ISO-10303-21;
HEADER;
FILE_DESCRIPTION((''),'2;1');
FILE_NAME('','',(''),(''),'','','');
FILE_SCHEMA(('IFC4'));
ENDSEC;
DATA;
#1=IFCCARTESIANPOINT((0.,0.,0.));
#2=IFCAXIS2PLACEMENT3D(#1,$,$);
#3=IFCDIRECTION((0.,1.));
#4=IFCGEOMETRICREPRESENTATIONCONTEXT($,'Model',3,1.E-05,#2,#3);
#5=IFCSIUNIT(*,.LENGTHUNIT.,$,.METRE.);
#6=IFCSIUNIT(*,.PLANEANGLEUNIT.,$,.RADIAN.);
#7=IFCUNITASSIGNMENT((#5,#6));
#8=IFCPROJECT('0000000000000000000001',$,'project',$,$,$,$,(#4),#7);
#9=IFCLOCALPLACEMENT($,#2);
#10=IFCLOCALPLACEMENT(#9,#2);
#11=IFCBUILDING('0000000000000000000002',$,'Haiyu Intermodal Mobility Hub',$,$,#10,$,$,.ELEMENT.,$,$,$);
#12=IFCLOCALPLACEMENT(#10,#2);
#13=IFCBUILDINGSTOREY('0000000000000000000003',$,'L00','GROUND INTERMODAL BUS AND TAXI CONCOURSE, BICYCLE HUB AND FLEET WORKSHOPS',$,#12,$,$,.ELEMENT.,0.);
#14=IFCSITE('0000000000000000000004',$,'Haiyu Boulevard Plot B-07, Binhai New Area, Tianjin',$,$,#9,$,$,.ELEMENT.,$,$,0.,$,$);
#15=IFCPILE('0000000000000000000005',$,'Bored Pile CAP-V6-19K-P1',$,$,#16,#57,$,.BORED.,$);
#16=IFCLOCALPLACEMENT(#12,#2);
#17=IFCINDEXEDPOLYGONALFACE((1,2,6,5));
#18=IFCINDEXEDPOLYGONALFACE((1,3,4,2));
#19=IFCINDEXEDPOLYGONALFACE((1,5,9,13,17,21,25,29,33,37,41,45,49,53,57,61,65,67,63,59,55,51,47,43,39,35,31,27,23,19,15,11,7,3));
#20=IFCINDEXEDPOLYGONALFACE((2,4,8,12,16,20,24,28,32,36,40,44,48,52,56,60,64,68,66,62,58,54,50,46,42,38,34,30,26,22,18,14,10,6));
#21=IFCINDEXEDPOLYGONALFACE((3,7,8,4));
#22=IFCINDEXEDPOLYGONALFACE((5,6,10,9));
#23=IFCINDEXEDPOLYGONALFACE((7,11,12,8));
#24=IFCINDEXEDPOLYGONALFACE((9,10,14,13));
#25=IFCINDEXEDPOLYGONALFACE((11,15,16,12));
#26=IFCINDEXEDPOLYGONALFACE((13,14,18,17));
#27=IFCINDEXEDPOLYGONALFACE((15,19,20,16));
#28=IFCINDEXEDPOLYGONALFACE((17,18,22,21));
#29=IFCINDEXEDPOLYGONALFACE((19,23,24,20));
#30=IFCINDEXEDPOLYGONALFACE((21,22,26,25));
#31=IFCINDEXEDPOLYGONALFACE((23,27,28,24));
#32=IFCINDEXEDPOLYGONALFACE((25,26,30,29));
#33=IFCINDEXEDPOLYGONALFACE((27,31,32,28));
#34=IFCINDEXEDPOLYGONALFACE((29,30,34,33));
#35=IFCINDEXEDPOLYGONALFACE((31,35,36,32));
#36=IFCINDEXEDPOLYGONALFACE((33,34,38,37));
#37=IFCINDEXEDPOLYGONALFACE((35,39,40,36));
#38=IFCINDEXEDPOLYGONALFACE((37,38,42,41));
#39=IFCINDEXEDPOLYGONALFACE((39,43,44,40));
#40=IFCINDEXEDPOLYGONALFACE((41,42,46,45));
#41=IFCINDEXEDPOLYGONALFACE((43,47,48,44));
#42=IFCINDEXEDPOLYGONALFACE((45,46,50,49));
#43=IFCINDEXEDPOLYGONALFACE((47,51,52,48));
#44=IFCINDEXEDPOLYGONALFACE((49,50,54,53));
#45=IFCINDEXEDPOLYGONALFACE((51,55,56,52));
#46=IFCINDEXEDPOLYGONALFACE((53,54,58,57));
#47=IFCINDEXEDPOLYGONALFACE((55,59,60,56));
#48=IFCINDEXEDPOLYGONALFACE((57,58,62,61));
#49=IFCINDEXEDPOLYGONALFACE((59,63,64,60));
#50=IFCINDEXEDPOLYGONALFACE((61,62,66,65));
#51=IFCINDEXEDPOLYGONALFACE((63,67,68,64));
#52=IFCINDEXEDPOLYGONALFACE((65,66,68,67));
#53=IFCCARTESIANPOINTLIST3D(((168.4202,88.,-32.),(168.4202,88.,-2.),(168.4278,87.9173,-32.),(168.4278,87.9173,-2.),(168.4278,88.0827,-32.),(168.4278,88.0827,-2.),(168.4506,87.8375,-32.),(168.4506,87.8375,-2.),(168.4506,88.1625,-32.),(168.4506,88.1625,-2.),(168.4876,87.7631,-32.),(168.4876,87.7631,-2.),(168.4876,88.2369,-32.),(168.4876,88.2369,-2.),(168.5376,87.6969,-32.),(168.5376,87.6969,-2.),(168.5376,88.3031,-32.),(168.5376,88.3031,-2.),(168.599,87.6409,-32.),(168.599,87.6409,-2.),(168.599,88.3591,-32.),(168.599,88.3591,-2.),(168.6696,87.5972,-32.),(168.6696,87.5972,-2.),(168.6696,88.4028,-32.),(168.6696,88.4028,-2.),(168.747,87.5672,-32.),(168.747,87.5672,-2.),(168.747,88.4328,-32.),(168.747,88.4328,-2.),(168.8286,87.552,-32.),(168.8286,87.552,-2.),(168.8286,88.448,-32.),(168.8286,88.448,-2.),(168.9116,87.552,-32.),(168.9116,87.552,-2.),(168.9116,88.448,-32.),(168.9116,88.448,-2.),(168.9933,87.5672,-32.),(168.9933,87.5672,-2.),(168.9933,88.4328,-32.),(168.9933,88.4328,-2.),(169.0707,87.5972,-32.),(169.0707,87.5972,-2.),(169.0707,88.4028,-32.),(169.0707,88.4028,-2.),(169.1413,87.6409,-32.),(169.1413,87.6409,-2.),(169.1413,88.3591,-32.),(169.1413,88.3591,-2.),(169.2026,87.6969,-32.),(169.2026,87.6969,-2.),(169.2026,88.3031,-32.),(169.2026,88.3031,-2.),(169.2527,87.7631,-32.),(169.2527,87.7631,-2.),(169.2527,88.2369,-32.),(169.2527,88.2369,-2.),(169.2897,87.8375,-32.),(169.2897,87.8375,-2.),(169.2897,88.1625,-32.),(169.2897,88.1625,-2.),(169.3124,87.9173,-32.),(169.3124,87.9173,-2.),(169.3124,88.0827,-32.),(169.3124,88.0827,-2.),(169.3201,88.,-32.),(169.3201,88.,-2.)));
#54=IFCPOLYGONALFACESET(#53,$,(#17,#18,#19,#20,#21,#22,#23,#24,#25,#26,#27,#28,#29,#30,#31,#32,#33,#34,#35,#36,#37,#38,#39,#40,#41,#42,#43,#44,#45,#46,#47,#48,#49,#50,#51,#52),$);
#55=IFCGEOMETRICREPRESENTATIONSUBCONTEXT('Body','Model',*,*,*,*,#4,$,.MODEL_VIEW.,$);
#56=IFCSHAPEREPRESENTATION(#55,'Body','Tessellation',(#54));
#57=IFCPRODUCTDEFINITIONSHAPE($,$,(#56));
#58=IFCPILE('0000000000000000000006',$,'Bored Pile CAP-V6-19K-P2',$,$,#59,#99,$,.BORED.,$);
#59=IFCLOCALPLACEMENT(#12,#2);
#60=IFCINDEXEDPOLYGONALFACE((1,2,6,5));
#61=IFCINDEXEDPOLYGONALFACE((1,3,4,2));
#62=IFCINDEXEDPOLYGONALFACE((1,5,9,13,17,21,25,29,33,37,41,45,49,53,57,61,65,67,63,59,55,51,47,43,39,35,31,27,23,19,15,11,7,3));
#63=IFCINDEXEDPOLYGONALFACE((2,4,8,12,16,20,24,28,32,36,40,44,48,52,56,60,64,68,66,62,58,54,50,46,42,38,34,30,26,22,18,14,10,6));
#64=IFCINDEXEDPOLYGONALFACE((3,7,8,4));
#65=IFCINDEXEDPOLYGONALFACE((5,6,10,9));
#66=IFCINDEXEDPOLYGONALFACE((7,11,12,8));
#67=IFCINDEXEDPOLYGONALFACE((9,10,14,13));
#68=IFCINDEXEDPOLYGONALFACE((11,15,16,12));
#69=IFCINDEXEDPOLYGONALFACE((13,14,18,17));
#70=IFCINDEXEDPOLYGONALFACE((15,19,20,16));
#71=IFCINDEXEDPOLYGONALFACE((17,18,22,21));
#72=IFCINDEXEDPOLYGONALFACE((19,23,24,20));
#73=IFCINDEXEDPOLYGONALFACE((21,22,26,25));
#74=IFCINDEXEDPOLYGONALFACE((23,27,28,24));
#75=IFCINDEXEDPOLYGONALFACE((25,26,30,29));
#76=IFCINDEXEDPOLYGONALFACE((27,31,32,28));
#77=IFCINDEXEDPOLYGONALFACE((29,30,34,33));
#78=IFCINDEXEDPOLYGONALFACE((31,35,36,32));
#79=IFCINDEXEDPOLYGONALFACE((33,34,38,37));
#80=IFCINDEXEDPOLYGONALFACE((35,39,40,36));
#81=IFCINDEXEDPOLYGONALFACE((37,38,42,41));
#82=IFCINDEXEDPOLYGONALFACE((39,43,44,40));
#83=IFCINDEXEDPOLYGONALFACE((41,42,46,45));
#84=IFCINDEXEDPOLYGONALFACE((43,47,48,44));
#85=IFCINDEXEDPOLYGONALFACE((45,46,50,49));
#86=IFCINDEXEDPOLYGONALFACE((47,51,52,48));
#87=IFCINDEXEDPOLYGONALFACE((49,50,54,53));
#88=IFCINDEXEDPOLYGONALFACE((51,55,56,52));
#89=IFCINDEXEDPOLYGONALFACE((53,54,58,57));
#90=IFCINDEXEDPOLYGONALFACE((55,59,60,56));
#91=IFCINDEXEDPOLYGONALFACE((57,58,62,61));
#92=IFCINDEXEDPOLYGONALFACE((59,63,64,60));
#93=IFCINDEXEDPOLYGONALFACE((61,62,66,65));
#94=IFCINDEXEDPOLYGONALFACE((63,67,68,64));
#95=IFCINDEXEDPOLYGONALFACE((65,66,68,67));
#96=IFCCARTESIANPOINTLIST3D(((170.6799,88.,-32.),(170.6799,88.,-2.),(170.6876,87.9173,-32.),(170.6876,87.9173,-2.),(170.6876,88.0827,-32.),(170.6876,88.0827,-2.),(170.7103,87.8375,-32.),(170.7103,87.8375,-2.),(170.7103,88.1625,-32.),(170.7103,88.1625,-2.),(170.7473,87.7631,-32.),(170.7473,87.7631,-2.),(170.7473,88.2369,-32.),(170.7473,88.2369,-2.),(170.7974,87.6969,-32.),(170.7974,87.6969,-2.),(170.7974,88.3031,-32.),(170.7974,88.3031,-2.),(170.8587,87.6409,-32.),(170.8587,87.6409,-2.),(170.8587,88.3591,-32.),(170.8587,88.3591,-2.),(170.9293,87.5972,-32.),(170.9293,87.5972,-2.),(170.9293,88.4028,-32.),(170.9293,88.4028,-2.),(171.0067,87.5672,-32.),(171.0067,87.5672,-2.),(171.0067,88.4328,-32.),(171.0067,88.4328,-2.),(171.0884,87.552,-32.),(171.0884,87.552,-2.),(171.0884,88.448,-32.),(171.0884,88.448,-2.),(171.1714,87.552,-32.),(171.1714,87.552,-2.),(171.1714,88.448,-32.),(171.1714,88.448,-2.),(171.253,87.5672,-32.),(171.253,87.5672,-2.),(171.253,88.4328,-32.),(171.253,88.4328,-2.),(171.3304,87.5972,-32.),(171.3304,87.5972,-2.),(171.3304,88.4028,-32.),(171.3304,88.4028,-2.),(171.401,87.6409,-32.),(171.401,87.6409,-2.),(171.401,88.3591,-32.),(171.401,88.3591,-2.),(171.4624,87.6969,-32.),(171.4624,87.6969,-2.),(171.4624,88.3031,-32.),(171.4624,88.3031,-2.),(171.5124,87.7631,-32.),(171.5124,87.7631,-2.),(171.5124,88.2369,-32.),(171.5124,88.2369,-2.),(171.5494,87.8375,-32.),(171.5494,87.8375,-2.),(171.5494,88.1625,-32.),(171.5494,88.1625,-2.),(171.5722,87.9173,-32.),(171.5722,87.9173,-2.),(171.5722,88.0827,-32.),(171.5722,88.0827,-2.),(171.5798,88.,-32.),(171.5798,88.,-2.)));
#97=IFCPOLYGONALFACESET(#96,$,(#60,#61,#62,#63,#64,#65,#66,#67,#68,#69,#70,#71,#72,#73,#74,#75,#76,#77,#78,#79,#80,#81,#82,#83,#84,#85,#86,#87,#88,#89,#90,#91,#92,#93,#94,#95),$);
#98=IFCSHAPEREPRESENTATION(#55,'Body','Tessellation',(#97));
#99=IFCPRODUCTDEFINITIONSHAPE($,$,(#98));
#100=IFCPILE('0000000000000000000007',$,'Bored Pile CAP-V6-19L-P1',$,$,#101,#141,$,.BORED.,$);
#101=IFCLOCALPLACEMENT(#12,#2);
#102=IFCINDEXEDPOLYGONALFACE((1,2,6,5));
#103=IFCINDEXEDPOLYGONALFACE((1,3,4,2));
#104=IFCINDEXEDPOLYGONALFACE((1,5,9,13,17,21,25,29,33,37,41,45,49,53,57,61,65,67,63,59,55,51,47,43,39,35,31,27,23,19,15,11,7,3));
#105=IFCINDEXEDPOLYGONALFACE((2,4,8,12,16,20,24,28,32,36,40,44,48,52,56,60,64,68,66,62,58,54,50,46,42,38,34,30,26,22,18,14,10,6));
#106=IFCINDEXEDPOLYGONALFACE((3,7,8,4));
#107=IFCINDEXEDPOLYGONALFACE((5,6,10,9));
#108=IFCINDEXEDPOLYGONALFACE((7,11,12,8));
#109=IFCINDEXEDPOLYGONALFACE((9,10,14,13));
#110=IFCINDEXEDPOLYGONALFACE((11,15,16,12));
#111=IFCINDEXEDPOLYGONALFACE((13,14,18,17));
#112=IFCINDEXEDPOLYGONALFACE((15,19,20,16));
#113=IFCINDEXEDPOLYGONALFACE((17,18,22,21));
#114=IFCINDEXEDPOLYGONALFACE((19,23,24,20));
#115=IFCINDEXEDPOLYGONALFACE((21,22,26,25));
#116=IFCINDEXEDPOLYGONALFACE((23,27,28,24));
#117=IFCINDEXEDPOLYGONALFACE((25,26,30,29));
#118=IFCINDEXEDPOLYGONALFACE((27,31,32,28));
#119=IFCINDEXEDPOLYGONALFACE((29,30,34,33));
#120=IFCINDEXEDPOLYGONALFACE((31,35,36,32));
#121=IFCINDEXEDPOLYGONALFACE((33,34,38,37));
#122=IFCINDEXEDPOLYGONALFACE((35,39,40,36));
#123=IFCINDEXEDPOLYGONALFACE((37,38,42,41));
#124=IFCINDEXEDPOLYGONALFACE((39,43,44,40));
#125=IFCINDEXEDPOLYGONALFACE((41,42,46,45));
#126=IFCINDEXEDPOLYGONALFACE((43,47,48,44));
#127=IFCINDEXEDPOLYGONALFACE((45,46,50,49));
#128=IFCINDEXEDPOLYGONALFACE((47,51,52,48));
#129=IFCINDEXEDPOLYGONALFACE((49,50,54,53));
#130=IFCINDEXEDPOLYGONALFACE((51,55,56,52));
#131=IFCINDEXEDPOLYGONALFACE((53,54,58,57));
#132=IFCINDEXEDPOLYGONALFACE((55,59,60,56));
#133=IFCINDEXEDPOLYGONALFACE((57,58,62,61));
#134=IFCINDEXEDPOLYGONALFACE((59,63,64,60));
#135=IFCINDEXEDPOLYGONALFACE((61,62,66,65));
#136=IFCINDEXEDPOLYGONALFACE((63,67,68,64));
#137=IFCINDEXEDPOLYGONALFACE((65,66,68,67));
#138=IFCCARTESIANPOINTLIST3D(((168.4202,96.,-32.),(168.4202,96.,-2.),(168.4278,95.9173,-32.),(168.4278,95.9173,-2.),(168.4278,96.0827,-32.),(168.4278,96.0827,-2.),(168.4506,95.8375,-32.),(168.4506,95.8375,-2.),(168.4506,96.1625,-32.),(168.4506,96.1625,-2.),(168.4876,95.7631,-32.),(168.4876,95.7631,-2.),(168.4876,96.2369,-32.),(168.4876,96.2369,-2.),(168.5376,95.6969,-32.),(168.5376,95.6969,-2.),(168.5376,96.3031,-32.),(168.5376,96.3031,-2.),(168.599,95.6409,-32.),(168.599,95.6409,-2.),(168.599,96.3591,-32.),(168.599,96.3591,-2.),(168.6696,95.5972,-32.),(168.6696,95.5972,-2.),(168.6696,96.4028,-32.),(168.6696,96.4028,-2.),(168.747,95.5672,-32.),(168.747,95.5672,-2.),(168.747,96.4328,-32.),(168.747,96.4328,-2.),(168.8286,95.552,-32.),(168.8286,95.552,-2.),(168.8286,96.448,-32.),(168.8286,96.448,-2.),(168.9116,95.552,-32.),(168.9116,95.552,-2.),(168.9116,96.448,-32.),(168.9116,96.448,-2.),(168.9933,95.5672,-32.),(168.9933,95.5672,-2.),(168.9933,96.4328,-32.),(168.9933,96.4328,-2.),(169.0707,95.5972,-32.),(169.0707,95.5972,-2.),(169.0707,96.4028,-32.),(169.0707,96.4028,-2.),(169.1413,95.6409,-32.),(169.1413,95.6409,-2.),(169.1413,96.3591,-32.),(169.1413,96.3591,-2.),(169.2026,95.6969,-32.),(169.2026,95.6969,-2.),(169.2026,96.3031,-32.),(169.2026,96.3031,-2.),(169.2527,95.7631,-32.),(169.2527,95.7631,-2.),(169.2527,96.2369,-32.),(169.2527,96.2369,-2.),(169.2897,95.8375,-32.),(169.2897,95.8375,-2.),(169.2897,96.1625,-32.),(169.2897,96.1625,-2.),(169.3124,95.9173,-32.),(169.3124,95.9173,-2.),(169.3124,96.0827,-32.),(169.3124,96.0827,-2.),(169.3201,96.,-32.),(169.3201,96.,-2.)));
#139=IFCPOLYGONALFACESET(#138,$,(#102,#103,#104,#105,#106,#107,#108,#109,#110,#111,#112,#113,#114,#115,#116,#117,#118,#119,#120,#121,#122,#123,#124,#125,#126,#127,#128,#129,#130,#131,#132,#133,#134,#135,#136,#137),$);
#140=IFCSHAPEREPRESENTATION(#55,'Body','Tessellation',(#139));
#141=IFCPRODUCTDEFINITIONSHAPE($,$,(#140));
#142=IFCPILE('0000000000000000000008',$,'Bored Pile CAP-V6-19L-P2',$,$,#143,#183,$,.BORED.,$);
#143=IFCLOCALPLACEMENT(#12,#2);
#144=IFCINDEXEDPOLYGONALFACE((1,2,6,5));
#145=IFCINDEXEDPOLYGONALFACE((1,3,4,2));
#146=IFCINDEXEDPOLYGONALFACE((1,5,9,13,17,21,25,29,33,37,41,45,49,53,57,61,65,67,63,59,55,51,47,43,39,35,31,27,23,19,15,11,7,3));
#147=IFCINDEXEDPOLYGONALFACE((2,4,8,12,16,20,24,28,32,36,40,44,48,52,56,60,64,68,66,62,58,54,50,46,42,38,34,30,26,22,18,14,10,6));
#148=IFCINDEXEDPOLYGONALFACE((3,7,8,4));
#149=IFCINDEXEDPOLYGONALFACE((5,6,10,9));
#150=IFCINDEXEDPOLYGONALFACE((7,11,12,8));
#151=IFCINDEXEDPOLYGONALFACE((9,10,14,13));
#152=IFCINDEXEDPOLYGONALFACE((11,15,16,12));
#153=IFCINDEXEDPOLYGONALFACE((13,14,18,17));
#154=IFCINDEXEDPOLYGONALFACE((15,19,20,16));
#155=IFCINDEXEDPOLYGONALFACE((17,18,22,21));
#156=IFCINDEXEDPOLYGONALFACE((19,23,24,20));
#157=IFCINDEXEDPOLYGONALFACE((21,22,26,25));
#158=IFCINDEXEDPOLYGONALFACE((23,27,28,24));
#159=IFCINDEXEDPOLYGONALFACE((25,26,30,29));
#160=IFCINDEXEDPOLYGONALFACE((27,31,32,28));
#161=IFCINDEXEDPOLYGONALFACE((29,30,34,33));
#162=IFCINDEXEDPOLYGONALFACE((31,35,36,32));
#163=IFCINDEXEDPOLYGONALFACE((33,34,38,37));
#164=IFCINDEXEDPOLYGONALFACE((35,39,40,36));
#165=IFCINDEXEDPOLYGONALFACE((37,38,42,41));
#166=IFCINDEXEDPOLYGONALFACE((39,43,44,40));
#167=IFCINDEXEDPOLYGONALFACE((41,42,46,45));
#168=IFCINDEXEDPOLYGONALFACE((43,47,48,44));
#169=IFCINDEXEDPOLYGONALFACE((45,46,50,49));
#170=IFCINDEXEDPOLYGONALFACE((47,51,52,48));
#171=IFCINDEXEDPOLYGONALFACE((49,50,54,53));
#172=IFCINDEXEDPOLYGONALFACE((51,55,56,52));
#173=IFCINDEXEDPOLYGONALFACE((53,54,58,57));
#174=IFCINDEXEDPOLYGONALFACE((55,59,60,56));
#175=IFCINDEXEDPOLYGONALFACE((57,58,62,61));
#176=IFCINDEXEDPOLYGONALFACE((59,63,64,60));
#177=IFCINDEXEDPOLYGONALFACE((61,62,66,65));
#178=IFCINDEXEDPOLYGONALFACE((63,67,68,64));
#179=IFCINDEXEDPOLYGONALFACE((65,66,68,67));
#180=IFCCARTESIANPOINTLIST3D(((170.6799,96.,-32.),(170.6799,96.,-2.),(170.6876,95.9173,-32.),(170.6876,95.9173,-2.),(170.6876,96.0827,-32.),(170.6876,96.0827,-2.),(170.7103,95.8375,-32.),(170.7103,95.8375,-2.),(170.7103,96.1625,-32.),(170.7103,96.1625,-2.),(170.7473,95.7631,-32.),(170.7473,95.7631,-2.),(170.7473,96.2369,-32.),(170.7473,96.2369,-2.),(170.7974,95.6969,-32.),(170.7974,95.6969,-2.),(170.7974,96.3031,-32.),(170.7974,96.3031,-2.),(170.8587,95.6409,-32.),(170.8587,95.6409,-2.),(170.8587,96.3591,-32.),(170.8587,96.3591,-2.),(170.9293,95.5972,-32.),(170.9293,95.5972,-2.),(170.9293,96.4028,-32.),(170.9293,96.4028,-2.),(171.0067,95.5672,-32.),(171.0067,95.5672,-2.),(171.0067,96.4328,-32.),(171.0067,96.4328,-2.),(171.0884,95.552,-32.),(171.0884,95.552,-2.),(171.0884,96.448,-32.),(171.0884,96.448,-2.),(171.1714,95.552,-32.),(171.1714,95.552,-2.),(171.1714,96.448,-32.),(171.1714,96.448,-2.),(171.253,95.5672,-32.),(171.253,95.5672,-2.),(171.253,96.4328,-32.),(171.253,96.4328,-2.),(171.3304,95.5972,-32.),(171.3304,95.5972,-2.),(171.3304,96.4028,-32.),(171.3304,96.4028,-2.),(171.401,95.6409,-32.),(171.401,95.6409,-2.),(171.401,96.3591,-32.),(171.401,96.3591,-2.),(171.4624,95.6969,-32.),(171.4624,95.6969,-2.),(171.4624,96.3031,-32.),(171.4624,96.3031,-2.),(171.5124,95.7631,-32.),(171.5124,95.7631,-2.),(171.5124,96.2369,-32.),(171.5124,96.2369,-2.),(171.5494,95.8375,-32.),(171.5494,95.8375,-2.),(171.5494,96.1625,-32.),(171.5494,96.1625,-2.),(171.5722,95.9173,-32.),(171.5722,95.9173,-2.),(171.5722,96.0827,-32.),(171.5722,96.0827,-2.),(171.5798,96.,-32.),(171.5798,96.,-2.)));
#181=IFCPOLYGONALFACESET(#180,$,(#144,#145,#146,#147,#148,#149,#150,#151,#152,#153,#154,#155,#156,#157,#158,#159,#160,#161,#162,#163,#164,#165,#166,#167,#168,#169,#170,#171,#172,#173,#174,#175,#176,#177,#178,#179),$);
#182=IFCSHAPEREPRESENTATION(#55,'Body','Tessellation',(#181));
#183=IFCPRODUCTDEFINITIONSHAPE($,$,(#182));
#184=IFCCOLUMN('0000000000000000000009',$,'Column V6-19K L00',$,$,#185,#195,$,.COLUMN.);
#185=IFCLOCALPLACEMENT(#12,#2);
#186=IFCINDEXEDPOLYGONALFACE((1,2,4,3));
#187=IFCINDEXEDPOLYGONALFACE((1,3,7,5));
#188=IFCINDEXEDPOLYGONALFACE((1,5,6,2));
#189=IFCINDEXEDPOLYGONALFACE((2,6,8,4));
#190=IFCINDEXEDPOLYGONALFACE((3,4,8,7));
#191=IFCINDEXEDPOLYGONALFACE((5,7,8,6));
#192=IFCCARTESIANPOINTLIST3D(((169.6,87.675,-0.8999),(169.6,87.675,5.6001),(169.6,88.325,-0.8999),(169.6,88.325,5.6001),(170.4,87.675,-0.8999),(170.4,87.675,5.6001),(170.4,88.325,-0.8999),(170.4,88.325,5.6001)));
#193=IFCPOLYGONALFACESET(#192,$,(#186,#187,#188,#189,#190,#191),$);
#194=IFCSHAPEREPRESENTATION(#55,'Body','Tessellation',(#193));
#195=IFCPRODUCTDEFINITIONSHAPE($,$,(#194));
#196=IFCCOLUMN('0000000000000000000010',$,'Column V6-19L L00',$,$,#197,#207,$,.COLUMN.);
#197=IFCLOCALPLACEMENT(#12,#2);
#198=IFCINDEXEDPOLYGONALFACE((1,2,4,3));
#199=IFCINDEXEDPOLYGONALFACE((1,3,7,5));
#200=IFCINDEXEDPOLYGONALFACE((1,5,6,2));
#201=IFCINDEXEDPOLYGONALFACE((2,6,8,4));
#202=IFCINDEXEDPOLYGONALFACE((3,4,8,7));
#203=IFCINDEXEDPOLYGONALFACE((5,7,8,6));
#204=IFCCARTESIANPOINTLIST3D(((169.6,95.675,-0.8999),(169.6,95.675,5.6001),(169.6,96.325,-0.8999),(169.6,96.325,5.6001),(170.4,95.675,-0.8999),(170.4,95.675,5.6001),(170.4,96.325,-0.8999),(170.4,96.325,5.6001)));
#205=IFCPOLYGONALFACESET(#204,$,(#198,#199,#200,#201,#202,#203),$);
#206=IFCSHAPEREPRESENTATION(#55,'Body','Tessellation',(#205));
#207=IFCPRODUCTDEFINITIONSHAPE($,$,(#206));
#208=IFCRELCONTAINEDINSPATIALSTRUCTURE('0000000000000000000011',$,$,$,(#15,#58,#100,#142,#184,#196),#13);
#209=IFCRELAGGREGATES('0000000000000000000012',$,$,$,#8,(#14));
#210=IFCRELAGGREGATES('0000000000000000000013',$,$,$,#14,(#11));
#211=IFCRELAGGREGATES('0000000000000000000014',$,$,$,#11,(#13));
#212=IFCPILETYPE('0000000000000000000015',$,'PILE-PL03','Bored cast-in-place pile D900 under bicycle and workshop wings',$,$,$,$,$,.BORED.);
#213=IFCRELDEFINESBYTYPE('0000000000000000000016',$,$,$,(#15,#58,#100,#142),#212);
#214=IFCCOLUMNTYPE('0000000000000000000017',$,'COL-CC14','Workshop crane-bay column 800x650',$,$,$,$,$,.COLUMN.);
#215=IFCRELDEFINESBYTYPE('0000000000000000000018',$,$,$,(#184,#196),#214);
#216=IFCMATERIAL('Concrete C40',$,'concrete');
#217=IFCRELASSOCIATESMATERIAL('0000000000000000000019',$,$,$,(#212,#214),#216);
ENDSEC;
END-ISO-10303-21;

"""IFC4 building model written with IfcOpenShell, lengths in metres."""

from ifc_helpers import new_model, si_unit, direction, frame, origin, origin_2d, place, context, subcontext, project, spatial, rectangle, circle, extrude, material, material_profile, profile_set, type_object, element, save


model = new_model("IFC4")

# Units and contexts
model_context = context("Model", 3, precision=1e-05, world=origin(), true_north=direction((0.0, 1.0)))
body_context = subcontext(model_context, "Body", "Model", "MODEL_VIEW")
ifc_project = project(units=[si_unit("LENGTHUNIT", "METRE"), si_unit("PLANEANGLEUNIT", "RADIAN")], contexts=[model_context])

# Site, building, storey
site_placement = place(None, origin())
site = spatial("IfcSite", under=ifc_project, at=site_placement, Name="Haiyu Boulevard Plot B-07, Binhai New Area, Tianjin", CompositionType="ELEMENT", RefElevation=0.0)
building_placement = place(site_placement, origin())
building = spatial("IfcBuilding", under=site, at=building_placement, Name="Haiyu Intermodal Mobility Hub", CompositionType="ELEMENT")
storey_placement = place(building_placement, origin())
storey = spatial("IfcBuildingStorey", under=building, at=storey_placement, Name="L00", Description="GROUND INTERMODAL BUS AND TAXI CONCOURSE, BICYCLE HUB AND FLEET WORKSHOPS", CompositionType="ELEMENT", Elevation=0.0)

# Shared definitions
ifc_material_1 = material(Name="Concrete C40", Category="concrete")

# Piles
ifc_material_profile_1 = material_profile(ifc_material_1, circle(Radius=0.45, at=origin_2d()), Name="PILE-D900")
ifc_profile_set_1 = profile_set([ifc_material_profile_1], Name="Concrete C40")
pile_type = type_object("IfcPileType", Name="PILE-PL03", Description="Bored cast-in-place pile D900 under bicycle and workshop wings", PredefinedType="BORED", material=ifc_profile_set_1)
for number, where, z_axis, x_axis, name in (
    (1, (168.8701, 88.0, -2.0), (0.0, 0.0, -1.0), (1.0, 0.0, 0.0), "Bored Pile CAP-V6-19K-P1"),
    (2, (171.1299, 88.0, -2.0), (0.0, 0.0, -1.0), (1.0, 0.0, 0.0), "Bored Pile CAP-V6-19K-P2"),
    (3, (168.8701, 96.0, -2.0), (0.0, 0.0, -1.0), (1.0, 0.0, 0.0), "Bored Pile CAP-V6-19L-P1"),
    (4, (171.1299, 96.0, -2.0), (0.0, 0.0, -1.0), (1.0, 0.0, 0.0), "Bored Pile CAP-V6-19L-P2"),
):
    element("IfcPile", number, at=place(storey_placement, frame(where, z_axis=z_axis, x_axis=x_axis)), inside=storey, type_object=pile_type, Name=name, PredefinedType="BORED", context=body_context, shape_type="SweptSolid", body=[
        extrude(circle(Radius=0.45, at=origin_2d()), origin(), (0.0, 0.0, 1.0), 30.0),
    ])

# Columns
ifc_material_profile_2 = material_profile(ifc_material_1, rectangle(XDim=0.8, YDim=0.6499, at=origin_2d()), Name="C800x650")
ifc_profile_set_2 = profile_set([ifc_material_profile_2], Name="Concrete C40")
column_type_1 = type_object("IfcColumnType", Name="COL-CC14", Description="Workshop crane-bay column 800x650", PredefinedType="COLUMN", material=ifc_profile_set_2)
for number, where, z_axis, x_axis, name in (
    (5, (170.0, 88.0, -0.8999), (0.0, 0.0, 1.0), (1.0, 0.0, 0.0), "Column V6-19K L00"),
    (6, (170.0, 96.0, -0.8999), (0.0, 0.0, 1.0), (1.0, 0.0, 0.0), "Column V6-19L L00"),
):
    element("IfcColumn", number, at=place(storey_placement, frame(where, z_axis=z_axis, x_axis=x_axis)), inside=storey, type_object=column_type_1, Name=name, PredefinedType="COLUMN", context=body_context, shape_type="SweptSolid", body=[
        extrude(rectangle(XDim=0.8, YDim=0.6499, at=origin_2d()), origin(), (0.0, 0.0, 1.0), 6.5),
    ])

save(model, "model.ifc")
